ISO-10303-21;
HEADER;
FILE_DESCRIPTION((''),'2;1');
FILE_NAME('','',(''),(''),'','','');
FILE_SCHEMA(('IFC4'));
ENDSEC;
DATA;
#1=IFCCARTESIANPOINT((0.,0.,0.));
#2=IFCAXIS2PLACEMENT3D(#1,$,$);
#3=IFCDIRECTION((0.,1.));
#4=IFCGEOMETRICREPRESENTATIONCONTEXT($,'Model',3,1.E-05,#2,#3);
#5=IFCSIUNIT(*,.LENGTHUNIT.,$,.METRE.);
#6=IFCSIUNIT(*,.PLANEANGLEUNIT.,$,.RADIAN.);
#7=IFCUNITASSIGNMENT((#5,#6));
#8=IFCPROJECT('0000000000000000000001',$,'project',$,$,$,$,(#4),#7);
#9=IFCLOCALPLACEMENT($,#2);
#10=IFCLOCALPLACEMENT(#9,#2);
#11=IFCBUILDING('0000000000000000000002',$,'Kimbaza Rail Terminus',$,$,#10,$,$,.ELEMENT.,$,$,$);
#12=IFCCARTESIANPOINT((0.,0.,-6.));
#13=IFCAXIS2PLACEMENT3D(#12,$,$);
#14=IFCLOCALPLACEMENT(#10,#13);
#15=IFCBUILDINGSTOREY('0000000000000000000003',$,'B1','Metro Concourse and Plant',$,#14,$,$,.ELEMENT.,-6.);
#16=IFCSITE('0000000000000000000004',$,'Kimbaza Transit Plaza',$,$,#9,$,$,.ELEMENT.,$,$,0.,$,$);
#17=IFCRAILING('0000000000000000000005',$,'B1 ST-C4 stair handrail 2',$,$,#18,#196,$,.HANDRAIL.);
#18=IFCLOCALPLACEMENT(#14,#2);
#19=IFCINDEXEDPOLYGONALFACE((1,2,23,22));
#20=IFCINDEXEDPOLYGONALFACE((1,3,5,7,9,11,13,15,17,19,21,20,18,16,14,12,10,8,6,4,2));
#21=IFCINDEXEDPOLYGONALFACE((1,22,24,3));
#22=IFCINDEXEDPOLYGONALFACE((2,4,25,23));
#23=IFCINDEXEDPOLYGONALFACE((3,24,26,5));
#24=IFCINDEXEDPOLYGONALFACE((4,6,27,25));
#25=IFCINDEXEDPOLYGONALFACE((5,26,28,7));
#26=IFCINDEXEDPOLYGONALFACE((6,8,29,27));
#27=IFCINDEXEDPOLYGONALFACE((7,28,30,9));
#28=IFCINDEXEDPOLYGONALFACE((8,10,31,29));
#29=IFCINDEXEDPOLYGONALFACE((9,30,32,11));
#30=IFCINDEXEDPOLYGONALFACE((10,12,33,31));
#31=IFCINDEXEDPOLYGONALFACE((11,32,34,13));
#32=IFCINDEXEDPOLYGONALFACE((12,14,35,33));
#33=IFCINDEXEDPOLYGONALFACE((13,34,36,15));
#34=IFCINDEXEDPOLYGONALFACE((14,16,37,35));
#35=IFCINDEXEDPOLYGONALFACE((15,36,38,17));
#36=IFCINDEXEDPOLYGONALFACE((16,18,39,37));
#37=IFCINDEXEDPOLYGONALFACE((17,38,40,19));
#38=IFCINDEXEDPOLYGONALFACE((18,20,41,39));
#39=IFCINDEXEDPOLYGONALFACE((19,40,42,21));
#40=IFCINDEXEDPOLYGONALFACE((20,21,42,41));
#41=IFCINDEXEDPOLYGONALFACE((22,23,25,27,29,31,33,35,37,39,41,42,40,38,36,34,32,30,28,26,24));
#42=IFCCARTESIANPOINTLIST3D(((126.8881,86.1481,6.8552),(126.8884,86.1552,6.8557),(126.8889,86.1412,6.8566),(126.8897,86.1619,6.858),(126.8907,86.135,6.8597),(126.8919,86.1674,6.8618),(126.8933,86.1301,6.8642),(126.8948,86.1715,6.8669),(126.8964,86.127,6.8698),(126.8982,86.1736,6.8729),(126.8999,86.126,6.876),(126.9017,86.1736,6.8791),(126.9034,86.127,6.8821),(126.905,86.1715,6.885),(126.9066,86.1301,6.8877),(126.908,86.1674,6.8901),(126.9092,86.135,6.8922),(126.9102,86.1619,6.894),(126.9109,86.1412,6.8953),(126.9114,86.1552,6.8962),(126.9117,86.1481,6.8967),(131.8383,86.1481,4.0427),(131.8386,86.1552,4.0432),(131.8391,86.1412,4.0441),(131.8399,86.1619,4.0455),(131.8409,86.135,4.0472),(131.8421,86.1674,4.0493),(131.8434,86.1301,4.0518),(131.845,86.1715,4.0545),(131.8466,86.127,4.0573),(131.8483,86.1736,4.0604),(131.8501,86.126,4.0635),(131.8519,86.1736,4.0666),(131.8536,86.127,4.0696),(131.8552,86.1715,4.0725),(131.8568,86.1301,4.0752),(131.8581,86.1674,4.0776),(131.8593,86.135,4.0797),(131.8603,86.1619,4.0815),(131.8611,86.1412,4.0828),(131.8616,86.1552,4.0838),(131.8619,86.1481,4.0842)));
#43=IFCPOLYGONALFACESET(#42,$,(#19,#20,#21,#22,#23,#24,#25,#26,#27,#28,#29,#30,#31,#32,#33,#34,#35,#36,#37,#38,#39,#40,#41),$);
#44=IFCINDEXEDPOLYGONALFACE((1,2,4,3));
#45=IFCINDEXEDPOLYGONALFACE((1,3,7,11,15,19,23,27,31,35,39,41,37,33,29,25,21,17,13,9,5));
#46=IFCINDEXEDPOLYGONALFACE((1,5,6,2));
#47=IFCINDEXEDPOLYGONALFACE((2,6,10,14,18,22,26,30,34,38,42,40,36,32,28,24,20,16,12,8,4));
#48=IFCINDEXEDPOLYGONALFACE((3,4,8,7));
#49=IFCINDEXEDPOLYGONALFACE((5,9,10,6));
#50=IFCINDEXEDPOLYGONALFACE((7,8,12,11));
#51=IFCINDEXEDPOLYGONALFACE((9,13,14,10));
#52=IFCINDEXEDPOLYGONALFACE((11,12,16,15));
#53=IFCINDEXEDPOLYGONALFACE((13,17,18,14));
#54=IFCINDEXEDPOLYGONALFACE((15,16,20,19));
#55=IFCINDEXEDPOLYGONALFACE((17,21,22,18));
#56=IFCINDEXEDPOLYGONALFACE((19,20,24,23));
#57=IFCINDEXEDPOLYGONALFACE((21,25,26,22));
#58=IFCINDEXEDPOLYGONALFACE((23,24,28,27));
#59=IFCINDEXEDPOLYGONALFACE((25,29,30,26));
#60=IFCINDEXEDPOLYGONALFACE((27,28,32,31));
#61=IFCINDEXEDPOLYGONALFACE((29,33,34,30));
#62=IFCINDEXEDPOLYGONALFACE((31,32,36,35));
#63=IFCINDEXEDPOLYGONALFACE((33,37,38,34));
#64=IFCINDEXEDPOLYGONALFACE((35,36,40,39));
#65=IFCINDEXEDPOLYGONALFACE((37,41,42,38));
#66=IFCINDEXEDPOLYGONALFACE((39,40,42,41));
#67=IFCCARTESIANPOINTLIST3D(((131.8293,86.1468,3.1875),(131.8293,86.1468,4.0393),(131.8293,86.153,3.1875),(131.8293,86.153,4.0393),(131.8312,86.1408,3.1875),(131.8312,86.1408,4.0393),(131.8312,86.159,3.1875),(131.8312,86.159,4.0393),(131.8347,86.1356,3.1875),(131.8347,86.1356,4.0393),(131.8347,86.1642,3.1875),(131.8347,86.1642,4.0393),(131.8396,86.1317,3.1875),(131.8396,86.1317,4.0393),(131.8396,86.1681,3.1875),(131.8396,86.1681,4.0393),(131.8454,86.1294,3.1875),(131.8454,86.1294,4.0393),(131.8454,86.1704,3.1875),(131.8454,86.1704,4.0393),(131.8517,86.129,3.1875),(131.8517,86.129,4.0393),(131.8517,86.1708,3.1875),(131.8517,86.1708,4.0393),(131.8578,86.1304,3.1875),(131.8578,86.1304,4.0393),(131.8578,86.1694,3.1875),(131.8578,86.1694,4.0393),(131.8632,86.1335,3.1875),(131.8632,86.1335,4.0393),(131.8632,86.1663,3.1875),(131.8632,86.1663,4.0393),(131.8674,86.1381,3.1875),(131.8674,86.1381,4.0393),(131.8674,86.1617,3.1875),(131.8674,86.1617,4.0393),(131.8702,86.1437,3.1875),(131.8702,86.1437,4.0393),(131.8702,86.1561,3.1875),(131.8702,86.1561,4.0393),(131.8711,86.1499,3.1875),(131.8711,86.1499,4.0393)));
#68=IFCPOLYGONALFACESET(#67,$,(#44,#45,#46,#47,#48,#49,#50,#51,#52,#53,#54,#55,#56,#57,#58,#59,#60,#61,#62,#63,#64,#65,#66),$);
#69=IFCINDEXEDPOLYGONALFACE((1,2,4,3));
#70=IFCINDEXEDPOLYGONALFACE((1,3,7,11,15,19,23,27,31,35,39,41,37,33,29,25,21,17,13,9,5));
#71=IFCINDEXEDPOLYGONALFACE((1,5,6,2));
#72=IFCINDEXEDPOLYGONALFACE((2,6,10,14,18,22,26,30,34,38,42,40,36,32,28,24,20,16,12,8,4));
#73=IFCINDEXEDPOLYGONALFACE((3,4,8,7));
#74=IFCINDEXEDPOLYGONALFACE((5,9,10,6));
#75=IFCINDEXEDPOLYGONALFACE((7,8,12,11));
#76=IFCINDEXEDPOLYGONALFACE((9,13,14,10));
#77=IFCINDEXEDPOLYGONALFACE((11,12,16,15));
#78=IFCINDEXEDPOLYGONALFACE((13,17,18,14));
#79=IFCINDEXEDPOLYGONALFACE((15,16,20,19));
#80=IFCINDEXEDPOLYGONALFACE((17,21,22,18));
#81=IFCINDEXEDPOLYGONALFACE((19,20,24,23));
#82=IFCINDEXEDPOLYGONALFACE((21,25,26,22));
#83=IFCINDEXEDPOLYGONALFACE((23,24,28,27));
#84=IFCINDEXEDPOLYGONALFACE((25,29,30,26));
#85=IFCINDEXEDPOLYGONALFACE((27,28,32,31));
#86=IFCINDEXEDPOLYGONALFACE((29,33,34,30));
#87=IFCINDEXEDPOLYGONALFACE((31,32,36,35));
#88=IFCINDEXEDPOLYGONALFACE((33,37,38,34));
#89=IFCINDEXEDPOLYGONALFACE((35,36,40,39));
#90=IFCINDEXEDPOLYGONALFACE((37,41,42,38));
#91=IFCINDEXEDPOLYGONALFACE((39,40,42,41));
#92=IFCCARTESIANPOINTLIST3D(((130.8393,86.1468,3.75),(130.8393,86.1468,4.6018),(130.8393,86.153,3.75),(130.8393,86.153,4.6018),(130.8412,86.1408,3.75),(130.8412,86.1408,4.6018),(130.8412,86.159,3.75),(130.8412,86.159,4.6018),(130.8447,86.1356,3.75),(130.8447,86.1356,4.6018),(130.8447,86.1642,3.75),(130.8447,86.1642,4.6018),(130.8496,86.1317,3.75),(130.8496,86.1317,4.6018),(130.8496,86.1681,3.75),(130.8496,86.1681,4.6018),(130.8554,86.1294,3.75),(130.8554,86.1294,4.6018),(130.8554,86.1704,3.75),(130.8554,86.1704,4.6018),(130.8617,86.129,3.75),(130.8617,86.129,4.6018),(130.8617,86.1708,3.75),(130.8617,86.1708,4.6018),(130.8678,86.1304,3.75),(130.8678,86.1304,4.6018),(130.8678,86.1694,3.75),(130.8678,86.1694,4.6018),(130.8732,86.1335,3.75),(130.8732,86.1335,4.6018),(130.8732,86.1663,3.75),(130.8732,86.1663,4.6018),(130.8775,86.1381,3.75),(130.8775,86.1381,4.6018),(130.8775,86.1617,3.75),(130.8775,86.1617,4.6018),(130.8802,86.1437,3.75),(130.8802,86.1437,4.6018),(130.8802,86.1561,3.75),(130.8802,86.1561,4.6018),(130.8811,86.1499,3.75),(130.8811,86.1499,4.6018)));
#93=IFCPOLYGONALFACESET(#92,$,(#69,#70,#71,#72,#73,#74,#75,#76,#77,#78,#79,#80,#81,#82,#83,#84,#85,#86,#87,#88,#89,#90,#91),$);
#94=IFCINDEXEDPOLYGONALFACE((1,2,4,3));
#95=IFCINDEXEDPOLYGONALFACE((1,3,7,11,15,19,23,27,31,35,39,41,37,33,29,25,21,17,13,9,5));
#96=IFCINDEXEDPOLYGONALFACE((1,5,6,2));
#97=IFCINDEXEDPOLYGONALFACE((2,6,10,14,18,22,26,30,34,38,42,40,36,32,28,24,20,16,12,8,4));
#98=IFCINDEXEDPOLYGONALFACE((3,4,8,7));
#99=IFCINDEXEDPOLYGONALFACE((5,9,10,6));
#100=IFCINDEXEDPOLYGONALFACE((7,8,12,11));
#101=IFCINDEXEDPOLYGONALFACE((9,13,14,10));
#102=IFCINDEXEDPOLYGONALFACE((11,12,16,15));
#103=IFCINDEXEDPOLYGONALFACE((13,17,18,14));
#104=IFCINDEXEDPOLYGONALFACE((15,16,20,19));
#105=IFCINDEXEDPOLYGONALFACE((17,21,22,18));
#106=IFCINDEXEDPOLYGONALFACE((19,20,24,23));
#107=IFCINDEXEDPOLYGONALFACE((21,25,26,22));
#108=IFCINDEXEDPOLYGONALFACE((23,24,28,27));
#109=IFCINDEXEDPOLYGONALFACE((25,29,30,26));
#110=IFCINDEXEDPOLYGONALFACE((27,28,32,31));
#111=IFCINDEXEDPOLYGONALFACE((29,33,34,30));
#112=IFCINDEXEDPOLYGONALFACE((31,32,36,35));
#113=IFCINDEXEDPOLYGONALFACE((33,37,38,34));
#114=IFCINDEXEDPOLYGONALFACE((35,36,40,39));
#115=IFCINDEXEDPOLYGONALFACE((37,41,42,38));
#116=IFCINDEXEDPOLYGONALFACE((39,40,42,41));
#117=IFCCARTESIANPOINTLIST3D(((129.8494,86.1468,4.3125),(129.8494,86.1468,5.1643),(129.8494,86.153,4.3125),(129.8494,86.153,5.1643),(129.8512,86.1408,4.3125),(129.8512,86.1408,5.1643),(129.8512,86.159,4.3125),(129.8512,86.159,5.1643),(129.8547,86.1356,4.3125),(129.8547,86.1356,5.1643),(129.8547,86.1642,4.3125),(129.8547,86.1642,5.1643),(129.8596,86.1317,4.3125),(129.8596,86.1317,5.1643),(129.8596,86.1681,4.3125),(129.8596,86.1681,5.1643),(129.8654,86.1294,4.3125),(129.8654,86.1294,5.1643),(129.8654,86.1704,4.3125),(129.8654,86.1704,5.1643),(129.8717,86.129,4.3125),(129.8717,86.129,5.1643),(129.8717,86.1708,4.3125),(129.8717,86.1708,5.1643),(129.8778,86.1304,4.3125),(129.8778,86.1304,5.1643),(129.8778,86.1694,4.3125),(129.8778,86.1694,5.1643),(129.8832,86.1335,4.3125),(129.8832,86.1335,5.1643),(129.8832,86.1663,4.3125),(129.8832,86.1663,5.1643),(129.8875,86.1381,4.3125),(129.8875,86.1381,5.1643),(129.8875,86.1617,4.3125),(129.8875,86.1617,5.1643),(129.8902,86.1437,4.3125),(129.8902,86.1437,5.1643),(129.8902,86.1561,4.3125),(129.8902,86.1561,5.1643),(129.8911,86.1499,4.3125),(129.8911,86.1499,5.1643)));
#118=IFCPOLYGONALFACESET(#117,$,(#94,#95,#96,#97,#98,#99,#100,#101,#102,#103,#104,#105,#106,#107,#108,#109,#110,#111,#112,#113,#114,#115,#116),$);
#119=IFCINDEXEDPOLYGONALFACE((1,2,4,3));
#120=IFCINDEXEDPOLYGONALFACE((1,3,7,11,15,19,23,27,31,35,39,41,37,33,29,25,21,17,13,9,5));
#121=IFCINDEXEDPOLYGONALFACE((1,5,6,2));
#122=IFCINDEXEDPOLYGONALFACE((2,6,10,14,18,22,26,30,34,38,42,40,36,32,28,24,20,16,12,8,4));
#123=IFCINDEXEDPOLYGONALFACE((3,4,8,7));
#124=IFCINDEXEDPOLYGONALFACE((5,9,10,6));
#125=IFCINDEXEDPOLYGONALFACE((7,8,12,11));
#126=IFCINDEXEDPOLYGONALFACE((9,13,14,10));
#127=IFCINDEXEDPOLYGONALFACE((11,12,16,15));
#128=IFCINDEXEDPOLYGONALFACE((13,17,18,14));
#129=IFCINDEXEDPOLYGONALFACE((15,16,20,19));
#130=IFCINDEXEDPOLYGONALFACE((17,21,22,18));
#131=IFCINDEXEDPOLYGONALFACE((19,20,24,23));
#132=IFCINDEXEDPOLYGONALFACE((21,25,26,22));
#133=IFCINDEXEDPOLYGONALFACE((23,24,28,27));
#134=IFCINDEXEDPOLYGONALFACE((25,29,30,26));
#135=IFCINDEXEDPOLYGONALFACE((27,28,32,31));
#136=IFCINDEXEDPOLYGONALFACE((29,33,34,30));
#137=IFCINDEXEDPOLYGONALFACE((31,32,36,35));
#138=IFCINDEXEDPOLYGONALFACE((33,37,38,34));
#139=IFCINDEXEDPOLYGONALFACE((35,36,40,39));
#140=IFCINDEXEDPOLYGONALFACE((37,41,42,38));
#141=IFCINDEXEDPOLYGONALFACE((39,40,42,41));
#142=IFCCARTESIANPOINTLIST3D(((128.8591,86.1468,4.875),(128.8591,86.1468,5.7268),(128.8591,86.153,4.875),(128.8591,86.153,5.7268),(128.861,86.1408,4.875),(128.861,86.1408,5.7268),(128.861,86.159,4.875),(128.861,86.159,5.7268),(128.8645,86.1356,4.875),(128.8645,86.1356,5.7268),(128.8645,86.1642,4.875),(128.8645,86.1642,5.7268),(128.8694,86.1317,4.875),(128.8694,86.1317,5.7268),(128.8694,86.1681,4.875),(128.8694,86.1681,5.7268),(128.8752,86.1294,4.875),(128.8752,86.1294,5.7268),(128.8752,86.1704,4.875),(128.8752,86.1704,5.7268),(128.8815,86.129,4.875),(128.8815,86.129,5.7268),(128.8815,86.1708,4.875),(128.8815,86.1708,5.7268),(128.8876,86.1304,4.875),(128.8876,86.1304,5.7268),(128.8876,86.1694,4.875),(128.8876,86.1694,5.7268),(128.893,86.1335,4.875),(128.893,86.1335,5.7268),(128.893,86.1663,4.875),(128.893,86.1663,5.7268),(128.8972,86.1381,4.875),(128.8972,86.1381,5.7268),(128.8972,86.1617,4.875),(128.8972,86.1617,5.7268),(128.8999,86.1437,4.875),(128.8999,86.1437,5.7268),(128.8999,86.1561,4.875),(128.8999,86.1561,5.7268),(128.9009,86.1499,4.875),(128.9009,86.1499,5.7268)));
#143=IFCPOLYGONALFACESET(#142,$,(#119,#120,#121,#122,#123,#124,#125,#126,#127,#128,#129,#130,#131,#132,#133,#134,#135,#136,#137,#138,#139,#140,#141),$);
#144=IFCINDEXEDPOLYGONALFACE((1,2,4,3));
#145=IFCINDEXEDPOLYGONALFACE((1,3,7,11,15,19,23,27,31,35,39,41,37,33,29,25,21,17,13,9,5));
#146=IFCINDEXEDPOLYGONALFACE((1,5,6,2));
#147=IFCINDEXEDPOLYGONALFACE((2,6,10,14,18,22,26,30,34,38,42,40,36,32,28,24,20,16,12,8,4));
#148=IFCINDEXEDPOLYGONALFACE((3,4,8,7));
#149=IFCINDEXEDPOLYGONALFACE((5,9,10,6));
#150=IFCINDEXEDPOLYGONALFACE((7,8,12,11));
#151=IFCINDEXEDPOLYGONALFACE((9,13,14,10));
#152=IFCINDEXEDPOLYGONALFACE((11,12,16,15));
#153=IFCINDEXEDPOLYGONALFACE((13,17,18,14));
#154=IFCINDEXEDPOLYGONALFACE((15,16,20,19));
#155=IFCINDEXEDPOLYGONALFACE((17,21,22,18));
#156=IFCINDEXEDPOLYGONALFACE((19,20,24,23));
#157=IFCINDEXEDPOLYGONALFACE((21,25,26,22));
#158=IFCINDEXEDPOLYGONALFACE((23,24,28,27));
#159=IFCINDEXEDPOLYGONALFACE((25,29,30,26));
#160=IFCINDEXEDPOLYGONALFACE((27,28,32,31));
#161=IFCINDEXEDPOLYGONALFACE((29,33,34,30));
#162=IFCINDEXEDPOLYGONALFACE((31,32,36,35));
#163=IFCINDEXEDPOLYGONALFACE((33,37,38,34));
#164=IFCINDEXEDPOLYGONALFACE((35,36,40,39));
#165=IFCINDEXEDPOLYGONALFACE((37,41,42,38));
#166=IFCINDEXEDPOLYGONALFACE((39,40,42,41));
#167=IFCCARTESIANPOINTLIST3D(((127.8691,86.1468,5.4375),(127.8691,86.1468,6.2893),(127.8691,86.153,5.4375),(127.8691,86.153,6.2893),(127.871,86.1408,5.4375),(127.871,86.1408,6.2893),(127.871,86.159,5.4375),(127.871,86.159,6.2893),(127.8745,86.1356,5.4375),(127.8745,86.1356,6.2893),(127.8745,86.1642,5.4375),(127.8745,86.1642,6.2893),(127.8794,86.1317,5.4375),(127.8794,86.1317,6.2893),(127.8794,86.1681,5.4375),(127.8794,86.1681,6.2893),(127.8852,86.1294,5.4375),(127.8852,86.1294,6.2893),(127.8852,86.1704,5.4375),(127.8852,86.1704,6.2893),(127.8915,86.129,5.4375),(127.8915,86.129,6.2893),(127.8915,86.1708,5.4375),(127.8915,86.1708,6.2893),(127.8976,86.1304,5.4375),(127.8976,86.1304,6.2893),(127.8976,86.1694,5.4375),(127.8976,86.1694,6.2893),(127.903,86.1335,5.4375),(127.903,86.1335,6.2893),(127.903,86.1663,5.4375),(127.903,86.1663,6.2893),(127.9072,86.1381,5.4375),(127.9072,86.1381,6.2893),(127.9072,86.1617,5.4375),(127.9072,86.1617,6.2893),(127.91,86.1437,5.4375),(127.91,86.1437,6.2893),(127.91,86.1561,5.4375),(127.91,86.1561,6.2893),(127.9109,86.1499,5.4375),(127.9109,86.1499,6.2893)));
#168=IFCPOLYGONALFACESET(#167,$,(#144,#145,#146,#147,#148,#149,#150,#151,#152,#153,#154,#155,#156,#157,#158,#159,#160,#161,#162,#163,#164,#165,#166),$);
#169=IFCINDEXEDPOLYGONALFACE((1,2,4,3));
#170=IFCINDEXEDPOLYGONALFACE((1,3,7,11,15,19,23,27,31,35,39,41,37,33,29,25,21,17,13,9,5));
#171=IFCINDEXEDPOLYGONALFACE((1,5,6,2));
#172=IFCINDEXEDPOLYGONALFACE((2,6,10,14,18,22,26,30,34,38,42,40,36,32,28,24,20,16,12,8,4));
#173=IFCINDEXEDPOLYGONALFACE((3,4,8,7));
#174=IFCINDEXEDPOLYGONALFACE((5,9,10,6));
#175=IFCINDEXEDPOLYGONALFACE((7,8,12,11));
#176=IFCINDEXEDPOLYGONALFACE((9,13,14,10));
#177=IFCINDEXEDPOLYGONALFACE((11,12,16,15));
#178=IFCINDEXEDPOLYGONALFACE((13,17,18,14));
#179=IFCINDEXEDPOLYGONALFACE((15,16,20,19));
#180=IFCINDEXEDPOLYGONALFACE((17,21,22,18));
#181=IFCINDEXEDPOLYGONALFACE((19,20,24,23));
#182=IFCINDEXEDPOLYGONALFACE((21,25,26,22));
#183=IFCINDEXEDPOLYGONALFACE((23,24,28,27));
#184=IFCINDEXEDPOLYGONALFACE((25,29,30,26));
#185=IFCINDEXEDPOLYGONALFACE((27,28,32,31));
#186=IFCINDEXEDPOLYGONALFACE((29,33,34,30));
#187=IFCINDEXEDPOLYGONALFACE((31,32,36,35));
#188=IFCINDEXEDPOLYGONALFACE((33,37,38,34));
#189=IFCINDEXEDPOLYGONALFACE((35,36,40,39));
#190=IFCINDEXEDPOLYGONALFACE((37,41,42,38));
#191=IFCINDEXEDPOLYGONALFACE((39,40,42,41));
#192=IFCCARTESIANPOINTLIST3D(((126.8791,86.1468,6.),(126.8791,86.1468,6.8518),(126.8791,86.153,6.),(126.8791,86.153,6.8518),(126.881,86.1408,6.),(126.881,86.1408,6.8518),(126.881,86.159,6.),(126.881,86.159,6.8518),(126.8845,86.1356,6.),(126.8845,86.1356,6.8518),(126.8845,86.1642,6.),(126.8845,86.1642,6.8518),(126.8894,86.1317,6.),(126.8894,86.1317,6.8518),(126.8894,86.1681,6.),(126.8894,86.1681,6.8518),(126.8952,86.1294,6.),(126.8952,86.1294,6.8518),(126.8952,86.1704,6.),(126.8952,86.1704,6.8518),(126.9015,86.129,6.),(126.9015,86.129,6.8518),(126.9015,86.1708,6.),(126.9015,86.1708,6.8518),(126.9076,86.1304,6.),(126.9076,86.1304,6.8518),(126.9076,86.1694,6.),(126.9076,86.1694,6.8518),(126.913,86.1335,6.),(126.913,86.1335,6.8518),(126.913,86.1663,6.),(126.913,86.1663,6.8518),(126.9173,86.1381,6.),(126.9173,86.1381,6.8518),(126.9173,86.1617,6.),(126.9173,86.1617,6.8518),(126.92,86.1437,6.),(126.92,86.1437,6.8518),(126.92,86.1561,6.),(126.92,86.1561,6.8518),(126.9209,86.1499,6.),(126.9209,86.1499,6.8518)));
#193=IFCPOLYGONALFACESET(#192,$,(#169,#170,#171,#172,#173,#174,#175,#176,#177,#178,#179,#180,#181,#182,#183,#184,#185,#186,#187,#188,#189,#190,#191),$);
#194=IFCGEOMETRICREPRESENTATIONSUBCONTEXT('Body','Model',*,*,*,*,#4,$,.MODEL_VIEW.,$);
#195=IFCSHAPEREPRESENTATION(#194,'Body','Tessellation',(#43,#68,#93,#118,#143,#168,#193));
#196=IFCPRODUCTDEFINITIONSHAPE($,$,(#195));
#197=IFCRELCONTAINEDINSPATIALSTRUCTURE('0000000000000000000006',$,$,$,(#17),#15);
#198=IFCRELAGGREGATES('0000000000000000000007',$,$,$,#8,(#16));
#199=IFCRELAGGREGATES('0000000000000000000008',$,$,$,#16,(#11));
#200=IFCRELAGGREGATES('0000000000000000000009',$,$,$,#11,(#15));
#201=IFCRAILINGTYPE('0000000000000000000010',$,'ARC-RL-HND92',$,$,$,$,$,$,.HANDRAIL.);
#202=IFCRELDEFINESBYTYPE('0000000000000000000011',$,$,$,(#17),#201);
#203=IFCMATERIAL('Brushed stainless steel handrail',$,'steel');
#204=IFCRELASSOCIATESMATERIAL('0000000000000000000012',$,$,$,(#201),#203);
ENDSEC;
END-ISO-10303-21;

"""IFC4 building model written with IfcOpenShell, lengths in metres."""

from ifc_helpers import new_model, si_unit, direction, frame, origin, origin_2d, place, context, subcontext, project, spatial, circle, extrude, material, type_object, element, save


model = new_model("IFC4")

# Units and contexts
model_context = context("Model", 3, precision=1e-05, world=origin(), true_north=direction((0.0, 1.0)))
body_context = subcontext(model_context, "Body", "Model", "MODEL_VIEW")
ifc_project = project(units=[si_unit("LENGTHUNIT", "METRE"), si_unit("PLANEANGLEUNIT", "RADIAN")], contexts=[model_context])

# Site, building, storey
site_placement = place(None, origin())
site = spatial("IfcSite", under=ifc_project, at=site_placement, Name="Kimbaza Transit Plaza", CompositionType="ELEMENT", RefElevation=0.0)
building_placement = place(site_placement, origin())
building = spatial("IfcBuilding", under=site, at=building_placement, Name="Kimbaza Rail Terminus", CompositionType="ELEMENT")
storey_placement = place(building_placement, frame((0.0, 0.0, -6.0)))
storey = spatial("IfcBuildingStorey", under=building, at=storey_placement, Name="B1", Description="Metro Concourse and Plant", CompositionType="ELEMENT", Elevation=-6.0)

# Railing
ifc_material_1 = material(Name="Brushed stainless steel handrail", Category="steel")
railing_type_1 = type_object("IfcRailingType", Name="ARC-RL-HND92", PredefinedType="HANDRAIL", material=ifc_material_1)
railing_1_placement = place(storey_placement, frame((131.8501, 86.1499, 3.1875)))
element("IfcRailing", 1, at=railing_1_placement, inside=storey, type_object=railing_type_1, Name="B1 ST-C4 stair handrail 2", PredefinedType="HANDRAIL", context=body_context, shape_type="SweptSolid", body=[
    extrude(circle(Radius=0.0239, at=origin_2d()), frame((0.0, 0.0, 0.876), z_axis=(-0.869465, 0.0, 0.493995), x_axis=(0.0, -1.0, 0.0)), (0.0, 0.0, 1.0), 5.6934),
    extrude(circle(Radius=0.021, at=origin_2d()), origin(), (0.0, 0.0, 1.0), 0.8518),
    extrude(circle(Radius=0.021, at=origin_2d()), frame((-0.99, 0.0, 0.5625)), (0.0, 0.0, 1.0), 0.8518),
    extrude(circle(Radius=0.021, at=origin_2d()), frame((-1.98, 0.0, 1.125)), (0.0, 0.0, 1.0), 0.8518),
    extrude(circle(Radius=0.021, at=origin_2d()), frame((-2.9702, 0.0, 1.6875)), (0.0, 0.0, 1.0), 0.8518),
    extrude(circle(Radius=0.021, at=origin_2d()), frame((-3.9602, 0.0, 2.25)), (0.0, 0.0, 1.0), 0.8518),
    extrude(circle(Radius=0.021, at=origin_2d()), frame((-4.9502, 0.0, 2.8125)), (0.0, 0.0, 1.0), 0.8518),
])

save(model, "model.ifc")
